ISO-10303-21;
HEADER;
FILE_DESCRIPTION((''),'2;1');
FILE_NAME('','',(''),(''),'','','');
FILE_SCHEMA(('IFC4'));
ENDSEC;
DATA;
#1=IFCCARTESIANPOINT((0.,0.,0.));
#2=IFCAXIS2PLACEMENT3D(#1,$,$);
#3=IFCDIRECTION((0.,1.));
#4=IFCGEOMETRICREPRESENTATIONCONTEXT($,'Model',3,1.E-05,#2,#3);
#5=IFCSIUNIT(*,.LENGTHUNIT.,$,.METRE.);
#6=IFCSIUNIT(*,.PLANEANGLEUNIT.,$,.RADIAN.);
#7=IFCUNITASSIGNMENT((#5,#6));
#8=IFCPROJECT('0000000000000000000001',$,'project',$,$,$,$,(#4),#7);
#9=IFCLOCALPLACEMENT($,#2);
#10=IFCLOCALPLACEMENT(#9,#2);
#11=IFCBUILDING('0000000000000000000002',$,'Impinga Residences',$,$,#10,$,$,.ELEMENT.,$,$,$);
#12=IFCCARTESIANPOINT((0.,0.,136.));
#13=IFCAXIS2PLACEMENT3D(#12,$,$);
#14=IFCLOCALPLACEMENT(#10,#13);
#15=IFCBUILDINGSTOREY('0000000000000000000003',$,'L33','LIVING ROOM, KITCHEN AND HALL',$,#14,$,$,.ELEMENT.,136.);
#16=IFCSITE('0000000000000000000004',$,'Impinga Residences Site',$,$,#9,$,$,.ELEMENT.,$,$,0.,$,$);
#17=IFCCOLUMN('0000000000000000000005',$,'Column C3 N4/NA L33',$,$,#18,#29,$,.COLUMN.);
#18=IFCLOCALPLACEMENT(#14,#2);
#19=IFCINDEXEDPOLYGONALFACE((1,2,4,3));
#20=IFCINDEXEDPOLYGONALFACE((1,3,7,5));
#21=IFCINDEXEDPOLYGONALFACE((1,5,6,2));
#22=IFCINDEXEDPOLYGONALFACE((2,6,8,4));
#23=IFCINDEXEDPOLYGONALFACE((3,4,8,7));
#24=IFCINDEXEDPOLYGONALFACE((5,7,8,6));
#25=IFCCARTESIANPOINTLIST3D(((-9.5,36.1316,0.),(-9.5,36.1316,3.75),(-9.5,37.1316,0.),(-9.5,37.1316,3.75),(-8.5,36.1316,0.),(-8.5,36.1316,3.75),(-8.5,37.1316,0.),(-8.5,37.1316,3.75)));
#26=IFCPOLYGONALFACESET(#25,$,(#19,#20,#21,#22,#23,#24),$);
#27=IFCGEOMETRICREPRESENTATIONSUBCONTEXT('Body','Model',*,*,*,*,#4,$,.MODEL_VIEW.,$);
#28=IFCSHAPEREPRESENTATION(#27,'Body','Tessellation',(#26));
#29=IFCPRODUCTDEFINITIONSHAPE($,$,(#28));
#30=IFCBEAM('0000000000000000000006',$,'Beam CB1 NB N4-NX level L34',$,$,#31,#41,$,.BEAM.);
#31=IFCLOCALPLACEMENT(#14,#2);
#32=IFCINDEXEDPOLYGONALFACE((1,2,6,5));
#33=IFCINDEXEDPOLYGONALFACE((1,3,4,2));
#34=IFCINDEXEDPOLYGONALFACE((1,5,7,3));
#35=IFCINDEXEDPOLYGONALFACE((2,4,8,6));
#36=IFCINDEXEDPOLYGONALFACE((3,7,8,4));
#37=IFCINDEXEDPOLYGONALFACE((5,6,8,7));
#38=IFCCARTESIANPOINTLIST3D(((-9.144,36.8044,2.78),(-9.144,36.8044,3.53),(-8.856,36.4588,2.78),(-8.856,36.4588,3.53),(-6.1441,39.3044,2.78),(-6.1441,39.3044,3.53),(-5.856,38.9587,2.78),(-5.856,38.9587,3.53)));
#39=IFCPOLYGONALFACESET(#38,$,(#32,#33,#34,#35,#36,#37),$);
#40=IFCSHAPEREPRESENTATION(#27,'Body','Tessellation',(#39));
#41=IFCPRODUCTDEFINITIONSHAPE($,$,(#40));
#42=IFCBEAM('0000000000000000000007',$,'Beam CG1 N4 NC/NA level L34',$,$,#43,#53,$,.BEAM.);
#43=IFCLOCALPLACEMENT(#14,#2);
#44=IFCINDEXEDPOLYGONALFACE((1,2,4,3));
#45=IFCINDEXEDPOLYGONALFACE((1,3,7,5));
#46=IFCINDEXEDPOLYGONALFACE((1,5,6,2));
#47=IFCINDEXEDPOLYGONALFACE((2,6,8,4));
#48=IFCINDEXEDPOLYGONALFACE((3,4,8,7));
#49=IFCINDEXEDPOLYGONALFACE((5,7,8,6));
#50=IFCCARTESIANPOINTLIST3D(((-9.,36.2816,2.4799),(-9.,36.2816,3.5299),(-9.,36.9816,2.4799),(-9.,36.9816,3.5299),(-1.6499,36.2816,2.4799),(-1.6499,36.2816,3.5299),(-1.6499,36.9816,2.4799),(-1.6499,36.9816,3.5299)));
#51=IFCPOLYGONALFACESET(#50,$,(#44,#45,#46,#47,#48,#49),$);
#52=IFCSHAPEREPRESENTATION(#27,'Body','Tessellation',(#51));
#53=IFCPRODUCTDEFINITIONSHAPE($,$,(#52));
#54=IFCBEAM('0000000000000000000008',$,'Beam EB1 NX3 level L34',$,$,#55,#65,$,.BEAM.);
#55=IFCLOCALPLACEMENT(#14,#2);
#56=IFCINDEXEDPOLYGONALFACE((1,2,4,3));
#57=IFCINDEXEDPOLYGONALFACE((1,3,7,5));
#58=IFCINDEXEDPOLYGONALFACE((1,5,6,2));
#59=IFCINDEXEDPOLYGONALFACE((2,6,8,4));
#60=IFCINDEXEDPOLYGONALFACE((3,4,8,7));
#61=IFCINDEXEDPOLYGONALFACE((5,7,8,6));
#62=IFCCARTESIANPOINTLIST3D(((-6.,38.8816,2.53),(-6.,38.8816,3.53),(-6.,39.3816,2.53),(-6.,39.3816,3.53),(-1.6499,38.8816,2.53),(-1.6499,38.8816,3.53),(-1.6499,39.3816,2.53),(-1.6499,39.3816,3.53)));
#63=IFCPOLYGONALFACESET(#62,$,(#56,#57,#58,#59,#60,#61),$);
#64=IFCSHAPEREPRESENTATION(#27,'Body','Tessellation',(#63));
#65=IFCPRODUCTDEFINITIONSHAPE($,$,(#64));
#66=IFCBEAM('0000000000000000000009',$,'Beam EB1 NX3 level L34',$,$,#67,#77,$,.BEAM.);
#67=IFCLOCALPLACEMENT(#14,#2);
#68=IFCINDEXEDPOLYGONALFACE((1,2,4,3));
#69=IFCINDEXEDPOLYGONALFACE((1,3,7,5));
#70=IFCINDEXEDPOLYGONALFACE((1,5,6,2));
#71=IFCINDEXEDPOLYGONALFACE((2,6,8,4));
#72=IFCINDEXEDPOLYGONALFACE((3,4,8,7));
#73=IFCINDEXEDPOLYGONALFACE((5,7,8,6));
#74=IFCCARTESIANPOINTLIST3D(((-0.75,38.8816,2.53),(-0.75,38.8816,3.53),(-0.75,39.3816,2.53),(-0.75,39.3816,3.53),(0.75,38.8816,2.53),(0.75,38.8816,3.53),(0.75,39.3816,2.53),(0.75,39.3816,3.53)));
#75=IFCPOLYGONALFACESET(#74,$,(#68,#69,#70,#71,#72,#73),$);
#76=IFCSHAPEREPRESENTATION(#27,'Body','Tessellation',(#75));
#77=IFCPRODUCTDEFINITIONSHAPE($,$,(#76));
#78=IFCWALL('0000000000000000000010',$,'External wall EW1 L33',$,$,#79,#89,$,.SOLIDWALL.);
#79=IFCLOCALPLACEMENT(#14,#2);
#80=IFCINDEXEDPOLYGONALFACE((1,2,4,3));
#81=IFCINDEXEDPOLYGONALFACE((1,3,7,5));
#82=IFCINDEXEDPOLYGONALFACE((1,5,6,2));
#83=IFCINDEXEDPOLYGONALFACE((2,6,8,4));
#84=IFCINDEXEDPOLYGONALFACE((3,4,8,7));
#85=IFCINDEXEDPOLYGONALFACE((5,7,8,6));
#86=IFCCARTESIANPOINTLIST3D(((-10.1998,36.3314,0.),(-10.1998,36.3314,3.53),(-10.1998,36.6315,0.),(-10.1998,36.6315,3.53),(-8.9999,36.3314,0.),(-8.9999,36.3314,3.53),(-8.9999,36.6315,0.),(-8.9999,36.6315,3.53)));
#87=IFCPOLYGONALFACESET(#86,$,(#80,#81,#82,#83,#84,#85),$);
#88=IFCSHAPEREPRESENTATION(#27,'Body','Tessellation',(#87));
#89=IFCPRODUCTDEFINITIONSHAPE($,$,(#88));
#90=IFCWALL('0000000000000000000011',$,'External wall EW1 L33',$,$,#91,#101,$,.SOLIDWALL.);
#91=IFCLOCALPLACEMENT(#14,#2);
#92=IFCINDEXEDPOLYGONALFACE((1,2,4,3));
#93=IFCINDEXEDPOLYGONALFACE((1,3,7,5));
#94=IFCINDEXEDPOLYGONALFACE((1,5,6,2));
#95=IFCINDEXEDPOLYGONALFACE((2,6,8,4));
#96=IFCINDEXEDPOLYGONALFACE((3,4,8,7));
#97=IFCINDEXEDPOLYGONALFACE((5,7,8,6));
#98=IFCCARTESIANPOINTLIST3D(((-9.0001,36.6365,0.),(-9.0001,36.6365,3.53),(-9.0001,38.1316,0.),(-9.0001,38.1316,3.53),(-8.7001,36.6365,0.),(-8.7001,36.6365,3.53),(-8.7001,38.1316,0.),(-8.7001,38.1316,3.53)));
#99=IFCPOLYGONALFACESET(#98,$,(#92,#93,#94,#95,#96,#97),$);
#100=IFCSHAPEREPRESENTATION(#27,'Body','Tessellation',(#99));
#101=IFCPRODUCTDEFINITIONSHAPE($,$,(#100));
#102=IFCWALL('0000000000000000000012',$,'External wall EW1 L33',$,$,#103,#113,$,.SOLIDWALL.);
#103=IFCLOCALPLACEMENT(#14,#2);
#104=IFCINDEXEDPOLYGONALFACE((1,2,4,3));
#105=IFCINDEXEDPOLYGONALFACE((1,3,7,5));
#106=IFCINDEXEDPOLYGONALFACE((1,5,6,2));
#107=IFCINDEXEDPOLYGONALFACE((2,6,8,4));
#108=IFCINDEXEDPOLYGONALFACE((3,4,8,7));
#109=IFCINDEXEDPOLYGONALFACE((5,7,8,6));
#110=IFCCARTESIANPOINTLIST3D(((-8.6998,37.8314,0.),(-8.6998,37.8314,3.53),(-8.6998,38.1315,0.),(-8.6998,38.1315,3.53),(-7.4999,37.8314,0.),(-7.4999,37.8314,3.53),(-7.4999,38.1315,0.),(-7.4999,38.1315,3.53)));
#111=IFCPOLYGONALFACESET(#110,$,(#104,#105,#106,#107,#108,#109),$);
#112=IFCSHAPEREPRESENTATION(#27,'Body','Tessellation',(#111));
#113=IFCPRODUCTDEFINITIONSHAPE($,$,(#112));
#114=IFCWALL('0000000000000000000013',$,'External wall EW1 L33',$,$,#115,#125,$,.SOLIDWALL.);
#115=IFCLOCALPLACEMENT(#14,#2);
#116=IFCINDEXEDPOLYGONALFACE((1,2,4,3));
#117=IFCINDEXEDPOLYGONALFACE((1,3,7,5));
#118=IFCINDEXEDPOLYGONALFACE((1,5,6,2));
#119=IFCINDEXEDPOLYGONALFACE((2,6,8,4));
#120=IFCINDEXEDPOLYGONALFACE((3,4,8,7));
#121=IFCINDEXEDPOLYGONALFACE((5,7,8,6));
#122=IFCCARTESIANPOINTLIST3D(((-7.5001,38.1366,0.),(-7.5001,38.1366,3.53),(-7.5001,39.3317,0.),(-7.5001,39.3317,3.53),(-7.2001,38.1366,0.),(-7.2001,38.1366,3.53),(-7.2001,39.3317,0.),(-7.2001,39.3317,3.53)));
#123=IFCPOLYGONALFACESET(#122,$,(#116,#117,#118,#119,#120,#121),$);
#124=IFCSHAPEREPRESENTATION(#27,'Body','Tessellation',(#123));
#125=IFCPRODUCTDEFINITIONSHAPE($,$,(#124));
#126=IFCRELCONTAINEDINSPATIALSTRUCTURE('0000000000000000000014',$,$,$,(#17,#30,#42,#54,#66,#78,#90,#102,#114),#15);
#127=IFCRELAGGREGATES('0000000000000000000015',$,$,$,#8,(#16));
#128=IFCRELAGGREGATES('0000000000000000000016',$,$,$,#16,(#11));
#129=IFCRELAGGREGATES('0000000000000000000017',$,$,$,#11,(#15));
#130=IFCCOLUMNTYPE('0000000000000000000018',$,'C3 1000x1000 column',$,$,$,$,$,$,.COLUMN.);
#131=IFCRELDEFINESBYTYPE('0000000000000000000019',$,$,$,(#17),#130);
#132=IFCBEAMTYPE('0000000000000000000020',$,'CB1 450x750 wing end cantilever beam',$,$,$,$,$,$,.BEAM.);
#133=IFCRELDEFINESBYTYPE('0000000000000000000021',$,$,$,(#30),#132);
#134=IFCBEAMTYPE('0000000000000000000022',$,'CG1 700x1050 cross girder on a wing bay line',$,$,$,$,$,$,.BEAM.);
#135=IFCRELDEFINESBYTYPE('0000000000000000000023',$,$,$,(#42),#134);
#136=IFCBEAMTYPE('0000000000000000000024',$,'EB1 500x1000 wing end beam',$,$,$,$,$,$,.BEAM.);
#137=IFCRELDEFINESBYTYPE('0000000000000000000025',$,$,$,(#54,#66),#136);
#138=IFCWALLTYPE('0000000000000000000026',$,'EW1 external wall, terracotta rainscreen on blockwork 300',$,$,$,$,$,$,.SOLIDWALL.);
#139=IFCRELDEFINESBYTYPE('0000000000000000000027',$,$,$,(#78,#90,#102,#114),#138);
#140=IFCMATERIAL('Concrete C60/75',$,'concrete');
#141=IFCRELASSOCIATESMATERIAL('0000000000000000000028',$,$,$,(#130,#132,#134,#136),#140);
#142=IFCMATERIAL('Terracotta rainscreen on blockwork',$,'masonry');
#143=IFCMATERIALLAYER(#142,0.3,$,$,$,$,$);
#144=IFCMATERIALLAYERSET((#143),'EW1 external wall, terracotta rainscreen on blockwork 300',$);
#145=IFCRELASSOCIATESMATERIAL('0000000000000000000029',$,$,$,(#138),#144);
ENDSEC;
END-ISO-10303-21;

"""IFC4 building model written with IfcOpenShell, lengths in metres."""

from ifc_helpers import new_model, si_unit, direction, frame, frame_2d, origin, origin_2d, place, context, subcontext, project, spatial, rectangle, extrude, material, layer, layer_set, material_profile, profile_set, type_object, element, save


model = new_model("IFC4")

# Units and contexts
model_context = context("Model", 3, precision=1e-05, world=origin(), true_north=direction((0.0, 1.0)))
body_context = subcontext(model_context, "Body", "Model", "MODEL_VIEW")
ifc_project = project(units=[si_unit("LENGTHUNIT", "METRE"), si_unit("PLANEANGLEUNIT", "RADIAN")], contexts=[model_context])

# Site, building, storey
site_placement = place(None, origin())
site = spatial("IfcSite", under=ifc_project, at=site_placement, Name="Impinga Residences Site", CompositionType="ELEMENT", RefElevation=0.0)
building_placement = place(site_placement, origin())
building = spatial("IfcBuilding", under=site, at=building_placement, Name="Impinga Residences", CompositionType="ELEMENT")
storey_placement = place(building_placement, frame((0.0, 0.0, 136.0)))
storey = spatial("IfcBuildingStorey", under=building, at=storey_placement, Name="L33", Description="LIVING ROOM, KITCHEN AND HALL", CompositionType="ELEMENT", Elevation=136.0)

# Column
ifc_material_1 = material(Name="Concrete C60/75", Category="concrete")
ifc_material_profile_1 = material_profile(ifc_material_1, rectangle(XDim=1.0, YDim=1.0, at=origin_2d()), Name="RC 1000x1000")
ifc_profile_set_1 = profile_set([ifc_material_profile_1], Name="Concrete C60/75")
column_type = type_object("IfcColumnType", Name="C3 1000x1000 column", PredefinedType="COLUMN", material=ifc_profile_set_1)
column_placement = place(storey_placement, frame((-9.0, 36.6316, 0.0), z_axis=(0.0, 0.0, 1.0), x_axis=(1.0, 0.0, 0.0)))
element("IfcColumn", 1, at=column_placement, inside=storey, type_object=column_type, Name="Column C3 N4/NA L33", PredefinedType="COLUMN", context=body_context, shape_type="SweptSolid", body=[
    extrude(rectangle(XDim=1.0, YDim=1.0, at=origin_2d()), origin(), (0.0, 0.0, 1.0), 3.75),
])

# Beams
ifc_material_profile_2 = material_profile(ifc_material_1, rectangle(XDim=0.45, YDim=0.75, at=origin_2d()), Name="RC 450x750")
ifc_profile_set_2 = profile_set([ifc_material_profile_2], Name="Concrete C60/75")
beam_type_1 = type_object("IfcBeamType", Name="CB1 450x750 wing end cantilever beam", PredefinedType="BEAM", material=ifc_profile_set_2)
beam_1_placement = place(storey_placement, frame((-9.0, 36.6316, 3.155), z_axis=(0.768221, 0.640184, 0.0), x_axis=(-0.640184, 0.768221, 0.0)))
element("IfcBeam", 2, at=beam_1_placement, inside=storey, type_object=beam_type_1, Name="Beam CB1 NB N4-NX level L34", PredefinedType="BEAM", context=body_context, shape_type="SweptSolid", body=[
    extrude(rectangle(XDim=0.45, YDim=0.75, at=origin_2d()), origin(), (0.0, 0.0, 1.0), 3.905),
])
ifc_material_profile_3 = material_profile(ifc_material_1, rectangle(XDim=0.7, YDim=1.05, at=origin_2d()), Name="RC 700x1050")
ifc_profile_set_3 = profile_set([ifc_material_profile_3], Name="Concrete C60/75")
beam_type_2 = type_object("IfcBeamType", Name="CG1 700x1050 cross girder on a wing bay line", PredefinedType="BEAM", material=ifc_profile_set_3)
beam_2_placement = place(storey_placement, frame((-1.6499, 36.6316, 3.0049), z_axis=(-1.0, 0.0, 0.0), x_axis=(0.0, -1.0, 0.0)))
element("IfcBeam", 3, at=beam_2_placement, inside=storey, type_object=beam_type_2, Name="Beam CG1 N4 NC/NA level L34", PredefinedType="BEAM", context=body_context, shape_type="SweptSolid", body=[
    extrude(rectangle(XDim=0.7, YDim=1.05, at=origin_2d()), origin(), (0.0, 0.0, 1.0), 7.3501),
])
ifc_material_profile_4 = material_profile(ifc_material_1, rectangle(XDim=0.5, YDim=1.0, at=origin_2d()), Name="RC 500x1000")
ifc_profile_set_4 = profile_set([ifc_material_profile_4], Name="Concrete C60/75")
beam_type_3 = type_object("IfcBeamType", Name="EB1 500x1000 wing end beam", PredefinedType="BEAM", material=ifc_profile_set_4)
beam_3_placement = place(storey_placement, frame((-6.0, 39.1316, 3.03), z_axis=(1.0, 0.0, 0.0), x_axis=(0.0, 1.0, 0.0)))
element("IfcBeam", 4, at=beam_3_placement, inside=storey, type_object=beam_type_3, Name="Beam EB1 NX3 level L34", PredefinedType="BEAM", context=body_context, shape_type="SweptSolid", body=[
    extrude(rectangle(XDim=0.5, YDim=1.0, at=origin_2d()), origin(), (0.0, 0.0, 1.0), 4.3501),
])
beam_4_placement = place(storey_placement, frame((-0.75, 39.1316, 3.03), z_axis=(1.0, 0.0, 0.0), x_axis=(0.0, 1.0, 0.0)))
element("IfcBeam", 5, at=beam_4_placement, inside=storey, type_object=beam_type_3, Name="Beam EB1 NX3 level L34", PredefinedType="BEAM", context=body_context, shape_type="SweptSolid", body=[
    extrude(rectangle(XDim=0.5, YDim=1.0, at=origin_2d()), origin(), (0.0, 0.0, 1.0), 1.5),
])

# Walls
ifc_material_2 = material(Name="Terracotta rainscreen on blockwork", Category="masonry")
ifc_layer_1 = layer(ifc_material_2, 0.3)
ifc_layer_set_1 = layer_set([ifc_layer_1], Name="EW1 external wall, terracotta rainscreen on blockwork 300")
wall_type_1 = type_object("IfcWallType", Name="EW1 external wall, terracotta rainscreen on blockwork 300", PredefinedType="SOLIDWALL", material=ifc_layer_set_1)
wall_1_placement = place(storey_placement, frame((-10.2, 36.4814, 0.0), z_axis=(0.0, 0.0, 1.0), x_axis=(1.0, 0.0, 0.0)))
element("IfcWall", 6, at=wall_1_placement, inside=storey, type_object=wall_type_1, Name="External wall EW1 L33", PredefinedType="SOLIDWALL", context=body_context, shape_type="SweptSolid", body=[
    extrude(rectangle(XDim=1.2, YDim=0.3, at=frame_2d((0.6001, 0.0))), origin(), (0.0, 0.0, 1.0), 3.53),
])
wall_2_placement = place(storey_placement, frame((-8.8501, 36.6365, 0.0), z_axis=(0.0, 0.0, 1.0), x_axis=(0.0, 1.0, 0.0)))
element("IfcWall", 7, at=wall_2_placement, inside=storey, type_object=wall_type_1, Name="External wall EW1 L33", PredefinedType="SOLIDWALL", context=body_context, shape_type="SweptSolid", body=[
    extrude(rectangle(XDim=1.4951, YDim=0.3, at=frame_2d((0.7476, 0.0))), origin(), (0.0, 0.0, 1.0), 3.53),
])
wall_3_placement = place(storey_placement, frame((-8.7, 37.9814, 0.0), z_axis=(0.0, 0.0, 1.0), x_axis=(1.0, 0.0, 0.0)))
element("IfcWall", 8, at=wall_3_placement, inside=storey, type_object=wall_type_1, Name="External wall EW1 L33", PredefinedType="SOLIDWALL", context=body_context, shape_type="SweptSolid", body=[
    extrude(rectangle(XDim=1.2, YDim=0.3, at=frame_2d((0.6001, 0.0))), origin(), (0.0, 0.0, 1.0), 3.53),
])
wall_4_placement = place(storey_placement, frame((-7.3501, 38.1365, 0.0), z_axis=(0.0, 0.0, 1.0), x_axis=(0.0, 1.0, 0.0)))
element("IfcWall", 9, at=wall_4_placement, inside=storey, type_object=wall_type_1, Name="External wall EW1 L33", PredefinedType="SOLIDWALL", context=body_context, shape_type="SweptSolid", body=[
    extrude(rectangle(XDim=1.1951, YDim=0.3, at=frame_2d((0.5977, 0.0))), origin(), (0.0, 0.0, 1.0), 3.53),
])

save(model, "model.ifc")
